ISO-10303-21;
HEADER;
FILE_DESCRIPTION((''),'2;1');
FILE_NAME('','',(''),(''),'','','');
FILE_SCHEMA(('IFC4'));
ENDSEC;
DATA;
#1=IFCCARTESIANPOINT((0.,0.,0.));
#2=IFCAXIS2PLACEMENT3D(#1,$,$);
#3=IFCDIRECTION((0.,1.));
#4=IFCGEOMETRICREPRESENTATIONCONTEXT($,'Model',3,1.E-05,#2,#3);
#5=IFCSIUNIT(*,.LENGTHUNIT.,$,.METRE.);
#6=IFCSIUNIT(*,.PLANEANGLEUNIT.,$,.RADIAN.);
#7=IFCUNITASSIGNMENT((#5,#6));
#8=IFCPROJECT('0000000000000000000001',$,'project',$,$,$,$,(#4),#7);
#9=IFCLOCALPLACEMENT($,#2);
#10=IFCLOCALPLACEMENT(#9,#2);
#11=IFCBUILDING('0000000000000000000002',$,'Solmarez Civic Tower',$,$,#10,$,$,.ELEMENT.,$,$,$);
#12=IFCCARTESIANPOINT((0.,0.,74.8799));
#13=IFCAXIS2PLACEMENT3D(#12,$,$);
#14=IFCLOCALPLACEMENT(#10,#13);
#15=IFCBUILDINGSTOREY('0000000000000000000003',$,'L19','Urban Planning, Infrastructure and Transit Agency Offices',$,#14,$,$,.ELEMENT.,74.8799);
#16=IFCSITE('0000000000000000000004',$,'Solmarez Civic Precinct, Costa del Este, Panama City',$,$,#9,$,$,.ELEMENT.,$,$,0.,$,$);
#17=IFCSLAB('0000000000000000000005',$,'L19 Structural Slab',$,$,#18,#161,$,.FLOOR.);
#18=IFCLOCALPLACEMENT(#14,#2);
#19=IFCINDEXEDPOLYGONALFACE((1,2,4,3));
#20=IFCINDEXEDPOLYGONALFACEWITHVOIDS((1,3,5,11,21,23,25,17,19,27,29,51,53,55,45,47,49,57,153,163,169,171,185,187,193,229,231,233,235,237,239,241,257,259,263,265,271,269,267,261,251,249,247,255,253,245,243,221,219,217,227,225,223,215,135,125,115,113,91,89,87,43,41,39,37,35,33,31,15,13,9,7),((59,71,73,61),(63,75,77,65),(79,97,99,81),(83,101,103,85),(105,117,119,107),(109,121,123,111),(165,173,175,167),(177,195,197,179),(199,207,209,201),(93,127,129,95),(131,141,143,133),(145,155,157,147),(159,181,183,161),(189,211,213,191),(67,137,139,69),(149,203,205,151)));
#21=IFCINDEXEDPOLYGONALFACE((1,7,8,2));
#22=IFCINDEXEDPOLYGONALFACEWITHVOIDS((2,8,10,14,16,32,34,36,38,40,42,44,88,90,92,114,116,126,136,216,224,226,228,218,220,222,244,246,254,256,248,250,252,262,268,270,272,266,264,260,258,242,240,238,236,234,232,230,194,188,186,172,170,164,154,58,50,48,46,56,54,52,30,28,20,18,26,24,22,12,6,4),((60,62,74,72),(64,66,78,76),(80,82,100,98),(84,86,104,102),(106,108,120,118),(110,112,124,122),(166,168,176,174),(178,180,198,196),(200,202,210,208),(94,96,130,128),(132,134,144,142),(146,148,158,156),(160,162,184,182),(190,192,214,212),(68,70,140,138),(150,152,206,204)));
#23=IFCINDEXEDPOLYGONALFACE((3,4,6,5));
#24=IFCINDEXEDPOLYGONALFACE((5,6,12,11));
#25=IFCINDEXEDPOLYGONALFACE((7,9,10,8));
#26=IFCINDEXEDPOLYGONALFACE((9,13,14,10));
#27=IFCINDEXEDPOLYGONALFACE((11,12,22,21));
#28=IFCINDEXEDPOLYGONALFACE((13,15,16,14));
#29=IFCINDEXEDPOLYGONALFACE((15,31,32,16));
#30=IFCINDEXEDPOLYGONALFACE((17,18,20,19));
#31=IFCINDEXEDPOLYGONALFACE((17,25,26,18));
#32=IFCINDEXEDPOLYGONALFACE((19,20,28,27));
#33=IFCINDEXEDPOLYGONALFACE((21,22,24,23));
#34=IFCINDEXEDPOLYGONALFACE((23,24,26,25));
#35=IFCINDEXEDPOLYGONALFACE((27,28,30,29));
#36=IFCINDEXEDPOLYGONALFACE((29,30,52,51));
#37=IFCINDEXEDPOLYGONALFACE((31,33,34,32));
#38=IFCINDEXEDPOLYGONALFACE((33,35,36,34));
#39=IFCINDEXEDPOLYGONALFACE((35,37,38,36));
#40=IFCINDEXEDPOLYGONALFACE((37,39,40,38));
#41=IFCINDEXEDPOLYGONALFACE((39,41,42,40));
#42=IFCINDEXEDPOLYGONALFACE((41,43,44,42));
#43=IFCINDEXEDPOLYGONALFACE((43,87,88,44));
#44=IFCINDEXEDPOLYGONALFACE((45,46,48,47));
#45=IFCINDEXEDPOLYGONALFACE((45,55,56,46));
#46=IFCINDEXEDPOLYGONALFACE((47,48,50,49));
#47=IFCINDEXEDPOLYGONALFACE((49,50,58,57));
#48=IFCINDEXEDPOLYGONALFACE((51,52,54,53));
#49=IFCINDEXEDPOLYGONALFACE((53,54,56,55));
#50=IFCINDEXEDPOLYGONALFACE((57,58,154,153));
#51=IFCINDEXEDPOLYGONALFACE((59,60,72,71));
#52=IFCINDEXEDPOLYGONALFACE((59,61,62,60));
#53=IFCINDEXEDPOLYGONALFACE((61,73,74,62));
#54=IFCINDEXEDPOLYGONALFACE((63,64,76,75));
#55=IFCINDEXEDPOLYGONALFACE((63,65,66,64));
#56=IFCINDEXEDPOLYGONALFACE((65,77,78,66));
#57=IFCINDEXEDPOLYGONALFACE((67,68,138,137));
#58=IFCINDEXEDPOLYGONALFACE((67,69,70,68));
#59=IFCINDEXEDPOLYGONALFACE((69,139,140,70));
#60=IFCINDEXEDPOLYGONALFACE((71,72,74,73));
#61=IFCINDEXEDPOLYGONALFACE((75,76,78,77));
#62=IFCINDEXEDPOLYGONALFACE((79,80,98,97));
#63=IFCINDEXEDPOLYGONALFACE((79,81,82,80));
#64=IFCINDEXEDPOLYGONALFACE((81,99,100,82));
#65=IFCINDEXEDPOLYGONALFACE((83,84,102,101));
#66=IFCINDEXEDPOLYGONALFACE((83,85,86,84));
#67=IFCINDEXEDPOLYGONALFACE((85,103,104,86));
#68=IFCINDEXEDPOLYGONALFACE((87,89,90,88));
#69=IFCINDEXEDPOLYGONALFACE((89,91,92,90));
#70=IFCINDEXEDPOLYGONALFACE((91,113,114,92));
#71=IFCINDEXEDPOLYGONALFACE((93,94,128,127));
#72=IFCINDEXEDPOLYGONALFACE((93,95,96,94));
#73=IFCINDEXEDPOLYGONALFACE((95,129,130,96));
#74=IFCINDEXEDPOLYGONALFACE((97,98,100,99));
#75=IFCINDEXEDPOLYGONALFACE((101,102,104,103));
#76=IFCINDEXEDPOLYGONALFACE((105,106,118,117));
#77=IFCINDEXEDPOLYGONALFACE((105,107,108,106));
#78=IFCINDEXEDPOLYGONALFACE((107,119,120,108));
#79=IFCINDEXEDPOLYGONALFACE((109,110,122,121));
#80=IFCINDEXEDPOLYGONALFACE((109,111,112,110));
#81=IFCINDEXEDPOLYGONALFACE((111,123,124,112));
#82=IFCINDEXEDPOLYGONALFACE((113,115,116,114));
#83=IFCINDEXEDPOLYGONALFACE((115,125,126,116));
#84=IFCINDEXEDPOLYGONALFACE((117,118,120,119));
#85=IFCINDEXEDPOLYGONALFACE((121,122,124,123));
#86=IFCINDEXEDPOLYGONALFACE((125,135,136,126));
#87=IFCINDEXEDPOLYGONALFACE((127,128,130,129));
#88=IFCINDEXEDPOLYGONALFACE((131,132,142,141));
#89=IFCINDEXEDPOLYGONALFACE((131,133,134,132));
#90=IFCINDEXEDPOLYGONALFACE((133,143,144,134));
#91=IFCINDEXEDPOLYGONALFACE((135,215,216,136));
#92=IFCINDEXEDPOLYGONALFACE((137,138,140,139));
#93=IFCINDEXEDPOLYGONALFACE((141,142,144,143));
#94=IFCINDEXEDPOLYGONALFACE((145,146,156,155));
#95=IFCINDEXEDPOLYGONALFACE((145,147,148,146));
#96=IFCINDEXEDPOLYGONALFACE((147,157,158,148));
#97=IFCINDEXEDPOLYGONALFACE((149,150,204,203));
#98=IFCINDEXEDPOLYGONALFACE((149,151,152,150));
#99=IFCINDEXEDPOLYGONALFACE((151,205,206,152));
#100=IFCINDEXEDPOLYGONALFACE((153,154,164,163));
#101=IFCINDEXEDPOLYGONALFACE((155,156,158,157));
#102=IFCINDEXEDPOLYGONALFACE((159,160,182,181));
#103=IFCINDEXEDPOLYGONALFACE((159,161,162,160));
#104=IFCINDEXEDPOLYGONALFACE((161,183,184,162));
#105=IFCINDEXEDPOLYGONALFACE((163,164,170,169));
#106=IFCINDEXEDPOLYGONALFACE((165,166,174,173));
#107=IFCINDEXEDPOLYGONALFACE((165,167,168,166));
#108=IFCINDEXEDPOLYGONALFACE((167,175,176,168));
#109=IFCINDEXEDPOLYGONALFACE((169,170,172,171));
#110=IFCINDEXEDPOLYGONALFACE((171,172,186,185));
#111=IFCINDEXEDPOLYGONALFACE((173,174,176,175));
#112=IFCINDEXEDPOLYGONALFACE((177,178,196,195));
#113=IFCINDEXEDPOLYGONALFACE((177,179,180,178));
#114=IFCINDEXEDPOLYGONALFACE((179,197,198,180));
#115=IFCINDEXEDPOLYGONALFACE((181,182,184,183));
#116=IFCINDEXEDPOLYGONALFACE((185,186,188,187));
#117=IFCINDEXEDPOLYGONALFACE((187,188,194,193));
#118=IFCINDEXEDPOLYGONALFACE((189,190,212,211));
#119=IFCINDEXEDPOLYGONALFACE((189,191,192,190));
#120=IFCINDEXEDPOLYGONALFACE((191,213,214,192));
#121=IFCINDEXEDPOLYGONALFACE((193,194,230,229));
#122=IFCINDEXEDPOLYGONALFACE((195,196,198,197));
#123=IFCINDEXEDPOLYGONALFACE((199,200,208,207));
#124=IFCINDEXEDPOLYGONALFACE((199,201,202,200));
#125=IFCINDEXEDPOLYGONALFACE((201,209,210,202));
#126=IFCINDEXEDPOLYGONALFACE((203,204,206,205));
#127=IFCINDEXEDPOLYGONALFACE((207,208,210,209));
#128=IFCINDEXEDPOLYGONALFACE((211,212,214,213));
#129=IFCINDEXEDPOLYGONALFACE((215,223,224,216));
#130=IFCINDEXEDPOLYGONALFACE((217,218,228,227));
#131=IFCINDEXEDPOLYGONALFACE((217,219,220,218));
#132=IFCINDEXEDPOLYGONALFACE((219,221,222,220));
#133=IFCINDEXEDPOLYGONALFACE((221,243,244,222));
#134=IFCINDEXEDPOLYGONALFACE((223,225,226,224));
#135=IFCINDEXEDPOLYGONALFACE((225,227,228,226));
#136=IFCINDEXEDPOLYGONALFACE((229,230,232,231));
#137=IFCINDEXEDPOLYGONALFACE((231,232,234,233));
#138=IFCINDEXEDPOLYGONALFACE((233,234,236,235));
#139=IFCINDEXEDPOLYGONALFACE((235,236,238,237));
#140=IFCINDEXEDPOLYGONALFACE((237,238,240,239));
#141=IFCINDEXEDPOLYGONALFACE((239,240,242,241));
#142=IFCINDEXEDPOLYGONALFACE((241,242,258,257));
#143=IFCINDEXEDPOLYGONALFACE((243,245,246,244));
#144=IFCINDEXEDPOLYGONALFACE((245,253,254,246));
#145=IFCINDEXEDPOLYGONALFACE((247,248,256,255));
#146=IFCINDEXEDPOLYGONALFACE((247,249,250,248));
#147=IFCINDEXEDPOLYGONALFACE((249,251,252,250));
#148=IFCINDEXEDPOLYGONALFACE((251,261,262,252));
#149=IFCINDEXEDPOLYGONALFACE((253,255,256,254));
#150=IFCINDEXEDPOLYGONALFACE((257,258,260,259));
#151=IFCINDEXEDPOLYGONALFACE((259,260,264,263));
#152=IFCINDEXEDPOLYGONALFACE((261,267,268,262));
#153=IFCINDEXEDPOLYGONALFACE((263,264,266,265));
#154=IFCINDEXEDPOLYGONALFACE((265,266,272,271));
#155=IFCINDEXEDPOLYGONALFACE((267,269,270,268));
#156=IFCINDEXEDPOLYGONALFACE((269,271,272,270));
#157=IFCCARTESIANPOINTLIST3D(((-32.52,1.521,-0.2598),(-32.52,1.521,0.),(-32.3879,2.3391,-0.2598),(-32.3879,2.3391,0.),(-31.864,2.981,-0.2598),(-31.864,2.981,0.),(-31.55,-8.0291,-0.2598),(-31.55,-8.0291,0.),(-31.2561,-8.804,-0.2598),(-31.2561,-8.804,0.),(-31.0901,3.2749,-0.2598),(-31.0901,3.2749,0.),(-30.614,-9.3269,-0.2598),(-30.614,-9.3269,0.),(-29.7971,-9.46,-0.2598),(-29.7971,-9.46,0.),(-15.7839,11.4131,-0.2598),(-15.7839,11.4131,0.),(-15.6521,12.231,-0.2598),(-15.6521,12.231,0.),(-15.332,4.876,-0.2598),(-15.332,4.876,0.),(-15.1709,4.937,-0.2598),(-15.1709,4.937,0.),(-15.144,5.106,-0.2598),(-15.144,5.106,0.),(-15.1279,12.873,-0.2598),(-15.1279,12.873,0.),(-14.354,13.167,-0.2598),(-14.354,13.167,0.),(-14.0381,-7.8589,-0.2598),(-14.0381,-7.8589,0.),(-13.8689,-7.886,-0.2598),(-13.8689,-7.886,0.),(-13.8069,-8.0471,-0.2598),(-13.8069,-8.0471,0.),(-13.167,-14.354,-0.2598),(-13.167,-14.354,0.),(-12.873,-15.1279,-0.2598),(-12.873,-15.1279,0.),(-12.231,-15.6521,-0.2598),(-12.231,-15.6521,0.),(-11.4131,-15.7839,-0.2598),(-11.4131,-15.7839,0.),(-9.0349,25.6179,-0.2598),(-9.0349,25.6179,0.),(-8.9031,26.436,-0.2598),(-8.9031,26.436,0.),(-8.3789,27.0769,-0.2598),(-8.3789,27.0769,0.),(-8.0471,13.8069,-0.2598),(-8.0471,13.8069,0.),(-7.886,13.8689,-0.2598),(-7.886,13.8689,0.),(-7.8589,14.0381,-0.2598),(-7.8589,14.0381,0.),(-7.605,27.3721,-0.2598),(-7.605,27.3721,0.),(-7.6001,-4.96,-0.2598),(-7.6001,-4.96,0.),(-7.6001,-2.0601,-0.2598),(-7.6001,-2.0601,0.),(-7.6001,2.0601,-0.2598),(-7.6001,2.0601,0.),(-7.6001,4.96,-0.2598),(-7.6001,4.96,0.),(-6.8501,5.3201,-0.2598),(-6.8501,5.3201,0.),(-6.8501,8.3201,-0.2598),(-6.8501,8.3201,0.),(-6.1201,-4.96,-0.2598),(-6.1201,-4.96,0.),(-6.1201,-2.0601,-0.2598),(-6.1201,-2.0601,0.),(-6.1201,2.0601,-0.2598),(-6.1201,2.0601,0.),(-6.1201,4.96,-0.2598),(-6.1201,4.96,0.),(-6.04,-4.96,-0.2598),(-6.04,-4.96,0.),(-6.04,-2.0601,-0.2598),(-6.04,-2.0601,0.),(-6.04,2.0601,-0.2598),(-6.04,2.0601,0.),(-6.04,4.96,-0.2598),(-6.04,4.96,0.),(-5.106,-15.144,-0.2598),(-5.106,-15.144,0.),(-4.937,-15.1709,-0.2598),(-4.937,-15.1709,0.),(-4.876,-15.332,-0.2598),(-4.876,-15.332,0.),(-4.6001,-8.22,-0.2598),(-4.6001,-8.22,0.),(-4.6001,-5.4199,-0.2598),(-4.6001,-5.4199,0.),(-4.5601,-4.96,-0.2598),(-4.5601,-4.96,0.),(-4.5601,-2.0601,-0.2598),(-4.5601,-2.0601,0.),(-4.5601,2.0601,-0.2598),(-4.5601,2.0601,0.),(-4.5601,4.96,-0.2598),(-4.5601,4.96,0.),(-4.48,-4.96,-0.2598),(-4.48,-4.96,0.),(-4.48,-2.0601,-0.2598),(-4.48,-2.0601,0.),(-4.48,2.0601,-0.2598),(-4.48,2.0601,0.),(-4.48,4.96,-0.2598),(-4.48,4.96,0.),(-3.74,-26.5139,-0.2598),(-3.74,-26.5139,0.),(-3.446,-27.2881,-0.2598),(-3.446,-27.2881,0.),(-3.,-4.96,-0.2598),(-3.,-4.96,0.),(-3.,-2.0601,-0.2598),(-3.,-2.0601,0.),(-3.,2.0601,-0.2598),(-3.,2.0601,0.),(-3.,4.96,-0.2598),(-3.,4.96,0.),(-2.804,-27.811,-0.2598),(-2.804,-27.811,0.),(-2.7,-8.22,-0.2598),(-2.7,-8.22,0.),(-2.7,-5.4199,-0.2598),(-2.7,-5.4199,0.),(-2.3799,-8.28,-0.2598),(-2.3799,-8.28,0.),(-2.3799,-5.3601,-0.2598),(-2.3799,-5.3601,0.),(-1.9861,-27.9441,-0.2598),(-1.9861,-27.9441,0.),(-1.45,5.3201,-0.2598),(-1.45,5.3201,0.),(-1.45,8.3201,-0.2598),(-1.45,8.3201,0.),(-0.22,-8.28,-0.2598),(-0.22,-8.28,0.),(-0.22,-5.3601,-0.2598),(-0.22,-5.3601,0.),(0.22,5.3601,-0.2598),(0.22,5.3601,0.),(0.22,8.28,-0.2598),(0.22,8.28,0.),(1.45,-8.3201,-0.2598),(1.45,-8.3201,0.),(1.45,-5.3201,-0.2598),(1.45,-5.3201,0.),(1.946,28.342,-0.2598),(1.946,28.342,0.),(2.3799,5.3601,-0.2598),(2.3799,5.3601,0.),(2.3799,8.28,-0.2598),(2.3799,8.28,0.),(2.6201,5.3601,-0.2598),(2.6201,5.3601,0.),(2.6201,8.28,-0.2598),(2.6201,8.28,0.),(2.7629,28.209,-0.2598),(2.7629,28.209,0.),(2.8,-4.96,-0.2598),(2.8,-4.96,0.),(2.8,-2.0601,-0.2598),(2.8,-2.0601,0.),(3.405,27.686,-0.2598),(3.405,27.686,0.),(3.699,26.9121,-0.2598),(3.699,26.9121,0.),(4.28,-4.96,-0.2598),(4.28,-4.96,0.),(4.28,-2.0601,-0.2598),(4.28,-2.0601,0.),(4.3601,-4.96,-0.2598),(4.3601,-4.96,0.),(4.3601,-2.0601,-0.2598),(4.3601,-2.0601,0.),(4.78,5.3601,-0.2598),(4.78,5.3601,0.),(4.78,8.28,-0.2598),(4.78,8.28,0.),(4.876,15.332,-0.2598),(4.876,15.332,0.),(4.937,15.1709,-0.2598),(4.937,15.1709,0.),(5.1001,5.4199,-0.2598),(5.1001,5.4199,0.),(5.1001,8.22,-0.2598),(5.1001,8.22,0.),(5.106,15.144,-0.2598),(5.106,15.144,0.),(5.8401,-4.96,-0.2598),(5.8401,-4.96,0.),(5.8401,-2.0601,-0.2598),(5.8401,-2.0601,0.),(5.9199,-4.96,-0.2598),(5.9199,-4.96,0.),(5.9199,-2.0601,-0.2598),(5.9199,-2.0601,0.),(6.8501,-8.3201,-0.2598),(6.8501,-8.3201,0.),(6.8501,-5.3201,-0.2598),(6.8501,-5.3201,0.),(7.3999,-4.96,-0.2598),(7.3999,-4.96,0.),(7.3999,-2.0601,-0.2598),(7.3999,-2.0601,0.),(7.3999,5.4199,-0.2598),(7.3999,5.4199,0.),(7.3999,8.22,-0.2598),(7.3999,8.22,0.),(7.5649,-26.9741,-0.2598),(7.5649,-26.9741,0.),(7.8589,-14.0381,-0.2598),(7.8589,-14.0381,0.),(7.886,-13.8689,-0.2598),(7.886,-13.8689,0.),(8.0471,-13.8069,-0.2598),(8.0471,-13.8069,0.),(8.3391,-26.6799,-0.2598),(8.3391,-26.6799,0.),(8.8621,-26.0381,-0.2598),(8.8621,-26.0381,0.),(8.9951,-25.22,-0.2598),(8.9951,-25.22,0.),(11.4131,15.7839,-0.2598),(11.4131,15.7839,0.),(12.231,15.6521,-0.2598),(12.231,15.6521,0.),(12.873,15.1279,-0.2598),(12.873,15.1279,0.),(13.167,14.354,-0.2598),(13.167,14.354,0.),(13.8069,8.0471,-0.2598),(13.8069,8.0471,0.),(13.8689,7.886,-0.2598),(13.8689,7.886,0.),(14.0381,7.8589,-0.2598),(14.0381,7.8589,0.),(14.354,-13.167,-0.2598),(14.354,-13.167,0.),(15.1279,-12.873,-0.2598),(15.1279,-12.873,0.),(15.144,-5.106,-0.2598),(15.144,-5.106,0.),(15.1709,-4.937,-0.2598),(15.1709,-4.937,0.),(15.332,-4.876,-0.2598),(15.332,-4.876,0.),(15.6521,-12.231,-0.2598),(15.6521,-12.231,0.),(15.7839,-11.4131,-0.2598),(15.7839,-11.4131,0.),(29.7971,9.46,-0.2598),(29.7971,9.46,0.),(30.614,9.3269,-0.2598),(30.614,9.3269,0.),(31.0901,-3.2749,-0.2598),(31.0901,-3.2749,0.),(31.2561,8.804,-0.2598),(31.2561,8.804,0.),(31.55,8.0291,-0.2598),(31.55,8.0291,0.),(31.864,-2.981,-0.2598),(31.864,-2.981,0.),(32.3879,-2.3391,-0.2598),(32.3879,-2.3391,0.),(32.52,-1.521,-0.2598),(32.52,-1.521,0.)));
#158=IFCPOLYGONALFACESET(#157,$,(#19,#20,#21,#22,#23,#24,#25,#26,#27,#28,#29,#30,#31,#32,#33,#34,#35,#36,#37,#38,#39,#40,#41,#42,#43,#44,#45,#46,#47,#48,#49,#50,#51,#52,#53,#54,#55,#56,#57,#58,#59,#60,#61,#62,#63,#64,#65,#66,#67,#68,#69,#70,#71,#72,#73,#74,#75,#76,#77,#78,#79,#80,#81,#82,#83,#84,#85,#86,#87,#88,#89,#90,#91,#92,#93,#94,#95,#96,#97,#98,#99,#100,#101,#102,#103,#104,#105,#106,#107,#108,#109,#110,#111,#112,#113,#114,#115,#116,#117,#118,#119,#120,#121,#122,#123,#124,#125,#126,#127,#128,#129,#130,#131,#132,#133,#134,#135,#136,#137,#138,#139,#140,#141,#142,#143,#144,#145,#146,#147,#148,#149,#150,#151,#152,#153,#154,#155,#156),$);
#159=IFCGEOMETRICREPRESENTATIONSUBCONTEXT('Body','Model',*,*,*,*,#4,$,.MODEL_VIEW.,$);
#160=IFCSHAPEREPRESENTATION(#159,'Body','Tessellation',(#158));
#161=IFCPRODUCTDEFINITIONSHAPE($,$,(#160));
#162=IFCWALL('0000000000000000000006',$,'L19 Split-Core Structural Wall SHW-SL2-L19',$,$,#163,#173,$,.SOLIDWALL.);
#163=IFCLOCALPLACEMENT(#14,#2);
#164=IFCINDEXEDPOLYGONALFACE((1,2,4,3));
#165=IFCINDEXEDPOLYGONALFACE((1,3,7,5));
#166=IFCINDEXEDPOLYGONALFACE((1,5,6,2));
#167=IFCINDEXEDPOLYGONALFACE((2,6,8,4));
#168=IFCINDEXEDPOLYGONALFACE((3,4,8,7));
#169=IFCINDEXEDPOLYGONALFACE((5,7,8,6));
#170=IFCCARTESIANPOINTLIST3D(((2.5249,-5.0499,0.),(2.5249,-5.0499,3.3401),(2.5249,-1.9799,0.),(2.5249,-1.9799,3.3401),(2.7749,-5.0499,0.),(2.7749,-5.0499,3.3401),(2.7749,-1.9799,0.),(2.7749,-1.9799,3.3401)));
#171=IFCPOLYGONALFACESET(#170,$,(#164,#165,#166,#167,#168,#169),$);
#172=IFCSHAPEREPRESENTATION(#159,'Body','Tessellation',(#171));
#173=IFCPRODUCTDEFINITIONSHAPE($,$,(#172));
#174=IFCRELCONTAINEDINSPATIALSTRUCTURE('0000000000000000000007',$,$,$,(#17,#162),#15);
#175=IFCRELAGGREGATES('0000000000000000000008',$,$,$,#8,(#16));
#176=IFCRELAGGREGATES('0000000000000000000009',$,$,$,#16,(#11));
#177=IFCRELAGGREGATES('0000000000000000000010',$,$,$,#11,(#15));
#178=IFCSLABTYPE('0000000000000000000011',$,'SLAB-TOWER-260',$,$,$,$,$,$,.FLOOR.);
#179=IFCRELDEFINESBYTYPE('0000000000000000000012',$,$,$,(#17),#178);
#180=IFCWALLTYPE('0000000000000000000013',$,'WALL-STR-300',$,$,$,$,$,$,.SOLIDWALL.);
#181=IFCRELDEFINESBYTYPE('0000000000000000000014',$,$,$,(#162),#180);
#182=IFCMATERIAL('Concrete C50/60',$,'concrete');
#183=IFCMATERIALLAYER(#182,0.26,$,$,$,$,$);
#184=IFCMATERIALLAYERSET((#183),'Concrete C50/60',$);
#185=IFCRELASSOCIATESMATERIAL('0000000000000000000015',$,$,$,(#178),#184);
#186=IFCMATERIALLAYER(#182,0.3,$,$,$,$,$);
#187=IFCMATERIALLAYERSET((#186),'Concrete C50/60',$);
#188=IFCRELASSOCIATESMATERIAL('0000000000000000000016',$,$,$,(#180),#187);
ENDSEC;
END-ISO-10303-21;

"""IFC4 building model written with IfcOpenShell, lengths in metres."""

from ifc_helpers import new_model, si_unit, direction, frame, frame_2d, origin, place, context, subcontext, project, spatial, polyline, rectangle, outline, extrude, material, layer, layer_set, type_object, element, save


model = new_model("IFC4")

# Units and contexts
model_context = context("Model", 3, precision=1e-05, world=origin(), true_north=direction((0.0, 1.0)))
body_context = subcontext(model_context, "Body", "Model", "MODEL_VIEW")
ifc_project = project(units=[si_unit("LENGTHUNIT", "METRE"), si_unit("PLANEANGLEUNIT", "RADIAN")], contexts=[model_context])

# Site, building, storey
site_placement = place(None, origin())
site = spatial("IfcSite", under=ifc_project, at=site_placement, Name="Solmarez Civic Precinct, Costa del Este, Panama City", CompositionType="ELEMENT", RefElevation=0.0)
building_placement = place(site_placement, origin())
building = spatial("IfcBuilding", under=site, at=building_placement, Name="Solmarez Civic Tower", CompositionType="ELEMENT")
storey_placement = place(building_placement, frame((0.0, 0.0, 74.8799)))
storey = spatial("IfcBuildingStorey", under=building, at=storey_placement, Name="L19", Description="Urban Planning, Infrastructure and Transit Agency Offices", CompositionType="ELEMENT", Elevation=74.8799)

# Shared definitions
ifc_material_1 = material(Name="Concrete C50/60", Category="concrete")

# Slab
ifc_layer_1 = layer(ifc_material_1, 0.26)
ifc_layer_set_1 = layer_set([ifc_layer_1], Name="Concrete C50/60")
slab_type_1 = type_object("IfcSlabType", Name="SLAB-TOWER-260", PredefinedType="FLOOR", material=ifc_layer_set_1)
slab_1_placement = place(storey_placement, frame((0.0, 0.0, -0.2598)))
element("IfcSlab", 1, at=slab_1_placement, inside=storey, type_object=slab_type_1, Name="L19 Structural Slab", PredefinedType="FLOOR", context=body_context, shape_type="SweptSolid", body=[
    extrude(outline(polyline([(-13.8069, -8.0471), (-13.167, -14.354), (-12.873, -15.1279), (-12.231, -15.6521), (-11.4131, -15.7839), (-5.106, -15.144), (-4.937, -15.1709), (-4.876, -15.332), (-3.74, -26.5139), (-3.446, -27.2881), (-2.804, -27.811), (-1.9861, -27.9441), (7.5649, -26.9741), (8.3391, -26.6799), (8.8621, -26.0381), (8.9951, -25.22), (7.8589, -14.0381), (7.886, -13.8689), (8.0471, -13.8069), (14.354, -13.167), (15.1279, -12.873), (15.6521, -12.231), (15.7839, -11.4131), (15.144, -5.106), (15.1709, -4.937), (15.332, -4.876), (31.0901, -3.2749), (31.864, -2.981), (32.3879, -2.3391), (32.52, -1.521), (31.55, 8.0291), (31.2561, 8.804), (30.614, 9.3269), (29.7971, 9.46), (14.0381, 7.8589), (13.8689, 7.886), (13.8069, 8.0471), (13.167, 14.354), (12.873, 15.1279), (12.231, 15.6521), (11.4131, 15.7839), (5.106, 15.144), (4.937, 15.1709), (4.876, 15.332), (3.699, 26.9121), (3.405, 27.686), (2.7629, 28.209), (1.946, 28.342), (-7.605, 27.3721), (-8.3789, 27.0769), (-8.9031, 26.436), (-9.0349, 25.6179), (-7.8589, 14.0381), (-7.886, 13.8689), (-8.0471, 13.8069), (-14.354, 13.167), (-15.1279, 12.873), (-15.6521, 12.231), (-15.7839, 11.4131), (-15.144, 5.106), (-15.1709, 4.937), (-15.332, 4.876), (-31.0901, 3.2749), (-31.864, 2.981), (-32.3879, 2.3391), (-32.52, 1.521), (-31.55, -8.0291), (-31.2561, -8.804), (-30.614, -9.3269), (-29.7971, -9.46), (-14.0381, -7.8589), (-13.8689, -7.886), (-13.8069, -8.0471)]), holes=[polyline([(-1.45, 8.3201), (-6.8501, 8.3201), (-6.8501, 5.3201), (-1.45, 5.3201), (-1.45, 8.3201)]), polyline([(1.45, -8.3201), (6.8501, -8.3201), (6.8501, -5.3201), (1.45, -5.3201), (1.45, -8.3201)]), polyline([(0.22, 5.3601), (2.3799, 5.3601), (2.3799, 8.28), (0.22, 8.28), (0.22, 5.3601)]), polyline([(2.6201, 5.3601), (4.78, 5.3601), (4.78, 8.28), (2.6201, 8.28), (2.6201, 5.3601)]), polyline([(-2.3799, -8.28), (-0.22, -8.28), (-0.22, -5.3601), (-2.3799, -5.3601), (-2.3799, -8.28)]), polyline([(2.8, -4.96), (4.28, -4.96), (4.28, -2.0601), (2.8, -2.0601), (2.8, -4.96)]), polyline([(4.3601, -4.96), (5.8401, -4.96), (5.8401, -2.0601), (4.3601, -2.0601), (4.3601, -4.96)]), polyline([(5.9199, -4.96), (7.3999, -4.96), (7.3999, -2.0601), (5.9199, -2.0601), (5.9199, -4.96)]), polyline([(-7.6001, -4.96), (-6.1201, -4.96), (-6.1201, -2.0601), (-7.6001, -2.0601), (-7.6001, -4.96)]), polyline([(-6.04, -4.96), (-4.5601, -4.96), (-4.5601, -2.0601), (-6.04, -2.0601), (-6.04, -4.96)]), polyline([(-4.48, -4.96), (-3.0, -4.96), (-3.0, -2.0601), (-4.48, -2.0601), (-4.48, -4.96)]), polyline([(-7.6001, 2.0601), (-6.1201, 2.0601), (-6.1201, 4.96), (-7.6001, 4.96), (-7.6001, 2.0601)]), polyline([(-6.04, 2.0601), (-4.5601, 2.0601), (-4.5601, 4.96), (-6.04, 4.96), (-6.04, 2.0601)]), polyline([(-4.48, 2.0601), (-3.0, 2.0601), (-3.0, 4.96), (-4.48, 4.96), (-4.48, 2.0601)]), polyline([(5.1001, 5.4199), (7.3999, 5.4199), (7.3999, 8.22), (5.1001, 8.22), (5.1001, 5.4199)]), polyline([(-4.6001, -8.22), (-2.7, -8.22), (-2.7, -5.4199), (-4.6001, -5.4199), (-4.6001, -8.22)])]), origin(), (0.0, 0.0, 1.0), 0.2598),
])

# Wall
ifc_layer_2 = layer(ifc_material_1, 0.3)
ifc_layer_set_2 = layer_set([ifc_layer_2], Name="Concrete C50/60")
wall_type = type_object("IfcWallType", Name="WALL-STR-300", PredefinedType="SOLIDWALL", material=ifc_layer_set_2)
wall_placement = place(storey_placement, frame((2.6499, -5.05, 0.0), z_axis=(0.0, 0.0, 1.0), x_axis=(0.0, 1.0, 0.0)))
element("IfcWall", 2, at=wall_placement, inside=storey, type_object=wall_type, Name="L19 Split-Core Structural Wall SHW-SL2-L19", PredefinedType="SOLIDWALL", context=body_context, shape_type="SweptSolid", body=[
    extrude(rectangle(XDim=3.0701, YDim=0.25, at=frame_2d((1.5352, 0.0))), origin(), (0.0, 0.0, 1.0), 3.3401),
])

save(model, "model.ifc")
